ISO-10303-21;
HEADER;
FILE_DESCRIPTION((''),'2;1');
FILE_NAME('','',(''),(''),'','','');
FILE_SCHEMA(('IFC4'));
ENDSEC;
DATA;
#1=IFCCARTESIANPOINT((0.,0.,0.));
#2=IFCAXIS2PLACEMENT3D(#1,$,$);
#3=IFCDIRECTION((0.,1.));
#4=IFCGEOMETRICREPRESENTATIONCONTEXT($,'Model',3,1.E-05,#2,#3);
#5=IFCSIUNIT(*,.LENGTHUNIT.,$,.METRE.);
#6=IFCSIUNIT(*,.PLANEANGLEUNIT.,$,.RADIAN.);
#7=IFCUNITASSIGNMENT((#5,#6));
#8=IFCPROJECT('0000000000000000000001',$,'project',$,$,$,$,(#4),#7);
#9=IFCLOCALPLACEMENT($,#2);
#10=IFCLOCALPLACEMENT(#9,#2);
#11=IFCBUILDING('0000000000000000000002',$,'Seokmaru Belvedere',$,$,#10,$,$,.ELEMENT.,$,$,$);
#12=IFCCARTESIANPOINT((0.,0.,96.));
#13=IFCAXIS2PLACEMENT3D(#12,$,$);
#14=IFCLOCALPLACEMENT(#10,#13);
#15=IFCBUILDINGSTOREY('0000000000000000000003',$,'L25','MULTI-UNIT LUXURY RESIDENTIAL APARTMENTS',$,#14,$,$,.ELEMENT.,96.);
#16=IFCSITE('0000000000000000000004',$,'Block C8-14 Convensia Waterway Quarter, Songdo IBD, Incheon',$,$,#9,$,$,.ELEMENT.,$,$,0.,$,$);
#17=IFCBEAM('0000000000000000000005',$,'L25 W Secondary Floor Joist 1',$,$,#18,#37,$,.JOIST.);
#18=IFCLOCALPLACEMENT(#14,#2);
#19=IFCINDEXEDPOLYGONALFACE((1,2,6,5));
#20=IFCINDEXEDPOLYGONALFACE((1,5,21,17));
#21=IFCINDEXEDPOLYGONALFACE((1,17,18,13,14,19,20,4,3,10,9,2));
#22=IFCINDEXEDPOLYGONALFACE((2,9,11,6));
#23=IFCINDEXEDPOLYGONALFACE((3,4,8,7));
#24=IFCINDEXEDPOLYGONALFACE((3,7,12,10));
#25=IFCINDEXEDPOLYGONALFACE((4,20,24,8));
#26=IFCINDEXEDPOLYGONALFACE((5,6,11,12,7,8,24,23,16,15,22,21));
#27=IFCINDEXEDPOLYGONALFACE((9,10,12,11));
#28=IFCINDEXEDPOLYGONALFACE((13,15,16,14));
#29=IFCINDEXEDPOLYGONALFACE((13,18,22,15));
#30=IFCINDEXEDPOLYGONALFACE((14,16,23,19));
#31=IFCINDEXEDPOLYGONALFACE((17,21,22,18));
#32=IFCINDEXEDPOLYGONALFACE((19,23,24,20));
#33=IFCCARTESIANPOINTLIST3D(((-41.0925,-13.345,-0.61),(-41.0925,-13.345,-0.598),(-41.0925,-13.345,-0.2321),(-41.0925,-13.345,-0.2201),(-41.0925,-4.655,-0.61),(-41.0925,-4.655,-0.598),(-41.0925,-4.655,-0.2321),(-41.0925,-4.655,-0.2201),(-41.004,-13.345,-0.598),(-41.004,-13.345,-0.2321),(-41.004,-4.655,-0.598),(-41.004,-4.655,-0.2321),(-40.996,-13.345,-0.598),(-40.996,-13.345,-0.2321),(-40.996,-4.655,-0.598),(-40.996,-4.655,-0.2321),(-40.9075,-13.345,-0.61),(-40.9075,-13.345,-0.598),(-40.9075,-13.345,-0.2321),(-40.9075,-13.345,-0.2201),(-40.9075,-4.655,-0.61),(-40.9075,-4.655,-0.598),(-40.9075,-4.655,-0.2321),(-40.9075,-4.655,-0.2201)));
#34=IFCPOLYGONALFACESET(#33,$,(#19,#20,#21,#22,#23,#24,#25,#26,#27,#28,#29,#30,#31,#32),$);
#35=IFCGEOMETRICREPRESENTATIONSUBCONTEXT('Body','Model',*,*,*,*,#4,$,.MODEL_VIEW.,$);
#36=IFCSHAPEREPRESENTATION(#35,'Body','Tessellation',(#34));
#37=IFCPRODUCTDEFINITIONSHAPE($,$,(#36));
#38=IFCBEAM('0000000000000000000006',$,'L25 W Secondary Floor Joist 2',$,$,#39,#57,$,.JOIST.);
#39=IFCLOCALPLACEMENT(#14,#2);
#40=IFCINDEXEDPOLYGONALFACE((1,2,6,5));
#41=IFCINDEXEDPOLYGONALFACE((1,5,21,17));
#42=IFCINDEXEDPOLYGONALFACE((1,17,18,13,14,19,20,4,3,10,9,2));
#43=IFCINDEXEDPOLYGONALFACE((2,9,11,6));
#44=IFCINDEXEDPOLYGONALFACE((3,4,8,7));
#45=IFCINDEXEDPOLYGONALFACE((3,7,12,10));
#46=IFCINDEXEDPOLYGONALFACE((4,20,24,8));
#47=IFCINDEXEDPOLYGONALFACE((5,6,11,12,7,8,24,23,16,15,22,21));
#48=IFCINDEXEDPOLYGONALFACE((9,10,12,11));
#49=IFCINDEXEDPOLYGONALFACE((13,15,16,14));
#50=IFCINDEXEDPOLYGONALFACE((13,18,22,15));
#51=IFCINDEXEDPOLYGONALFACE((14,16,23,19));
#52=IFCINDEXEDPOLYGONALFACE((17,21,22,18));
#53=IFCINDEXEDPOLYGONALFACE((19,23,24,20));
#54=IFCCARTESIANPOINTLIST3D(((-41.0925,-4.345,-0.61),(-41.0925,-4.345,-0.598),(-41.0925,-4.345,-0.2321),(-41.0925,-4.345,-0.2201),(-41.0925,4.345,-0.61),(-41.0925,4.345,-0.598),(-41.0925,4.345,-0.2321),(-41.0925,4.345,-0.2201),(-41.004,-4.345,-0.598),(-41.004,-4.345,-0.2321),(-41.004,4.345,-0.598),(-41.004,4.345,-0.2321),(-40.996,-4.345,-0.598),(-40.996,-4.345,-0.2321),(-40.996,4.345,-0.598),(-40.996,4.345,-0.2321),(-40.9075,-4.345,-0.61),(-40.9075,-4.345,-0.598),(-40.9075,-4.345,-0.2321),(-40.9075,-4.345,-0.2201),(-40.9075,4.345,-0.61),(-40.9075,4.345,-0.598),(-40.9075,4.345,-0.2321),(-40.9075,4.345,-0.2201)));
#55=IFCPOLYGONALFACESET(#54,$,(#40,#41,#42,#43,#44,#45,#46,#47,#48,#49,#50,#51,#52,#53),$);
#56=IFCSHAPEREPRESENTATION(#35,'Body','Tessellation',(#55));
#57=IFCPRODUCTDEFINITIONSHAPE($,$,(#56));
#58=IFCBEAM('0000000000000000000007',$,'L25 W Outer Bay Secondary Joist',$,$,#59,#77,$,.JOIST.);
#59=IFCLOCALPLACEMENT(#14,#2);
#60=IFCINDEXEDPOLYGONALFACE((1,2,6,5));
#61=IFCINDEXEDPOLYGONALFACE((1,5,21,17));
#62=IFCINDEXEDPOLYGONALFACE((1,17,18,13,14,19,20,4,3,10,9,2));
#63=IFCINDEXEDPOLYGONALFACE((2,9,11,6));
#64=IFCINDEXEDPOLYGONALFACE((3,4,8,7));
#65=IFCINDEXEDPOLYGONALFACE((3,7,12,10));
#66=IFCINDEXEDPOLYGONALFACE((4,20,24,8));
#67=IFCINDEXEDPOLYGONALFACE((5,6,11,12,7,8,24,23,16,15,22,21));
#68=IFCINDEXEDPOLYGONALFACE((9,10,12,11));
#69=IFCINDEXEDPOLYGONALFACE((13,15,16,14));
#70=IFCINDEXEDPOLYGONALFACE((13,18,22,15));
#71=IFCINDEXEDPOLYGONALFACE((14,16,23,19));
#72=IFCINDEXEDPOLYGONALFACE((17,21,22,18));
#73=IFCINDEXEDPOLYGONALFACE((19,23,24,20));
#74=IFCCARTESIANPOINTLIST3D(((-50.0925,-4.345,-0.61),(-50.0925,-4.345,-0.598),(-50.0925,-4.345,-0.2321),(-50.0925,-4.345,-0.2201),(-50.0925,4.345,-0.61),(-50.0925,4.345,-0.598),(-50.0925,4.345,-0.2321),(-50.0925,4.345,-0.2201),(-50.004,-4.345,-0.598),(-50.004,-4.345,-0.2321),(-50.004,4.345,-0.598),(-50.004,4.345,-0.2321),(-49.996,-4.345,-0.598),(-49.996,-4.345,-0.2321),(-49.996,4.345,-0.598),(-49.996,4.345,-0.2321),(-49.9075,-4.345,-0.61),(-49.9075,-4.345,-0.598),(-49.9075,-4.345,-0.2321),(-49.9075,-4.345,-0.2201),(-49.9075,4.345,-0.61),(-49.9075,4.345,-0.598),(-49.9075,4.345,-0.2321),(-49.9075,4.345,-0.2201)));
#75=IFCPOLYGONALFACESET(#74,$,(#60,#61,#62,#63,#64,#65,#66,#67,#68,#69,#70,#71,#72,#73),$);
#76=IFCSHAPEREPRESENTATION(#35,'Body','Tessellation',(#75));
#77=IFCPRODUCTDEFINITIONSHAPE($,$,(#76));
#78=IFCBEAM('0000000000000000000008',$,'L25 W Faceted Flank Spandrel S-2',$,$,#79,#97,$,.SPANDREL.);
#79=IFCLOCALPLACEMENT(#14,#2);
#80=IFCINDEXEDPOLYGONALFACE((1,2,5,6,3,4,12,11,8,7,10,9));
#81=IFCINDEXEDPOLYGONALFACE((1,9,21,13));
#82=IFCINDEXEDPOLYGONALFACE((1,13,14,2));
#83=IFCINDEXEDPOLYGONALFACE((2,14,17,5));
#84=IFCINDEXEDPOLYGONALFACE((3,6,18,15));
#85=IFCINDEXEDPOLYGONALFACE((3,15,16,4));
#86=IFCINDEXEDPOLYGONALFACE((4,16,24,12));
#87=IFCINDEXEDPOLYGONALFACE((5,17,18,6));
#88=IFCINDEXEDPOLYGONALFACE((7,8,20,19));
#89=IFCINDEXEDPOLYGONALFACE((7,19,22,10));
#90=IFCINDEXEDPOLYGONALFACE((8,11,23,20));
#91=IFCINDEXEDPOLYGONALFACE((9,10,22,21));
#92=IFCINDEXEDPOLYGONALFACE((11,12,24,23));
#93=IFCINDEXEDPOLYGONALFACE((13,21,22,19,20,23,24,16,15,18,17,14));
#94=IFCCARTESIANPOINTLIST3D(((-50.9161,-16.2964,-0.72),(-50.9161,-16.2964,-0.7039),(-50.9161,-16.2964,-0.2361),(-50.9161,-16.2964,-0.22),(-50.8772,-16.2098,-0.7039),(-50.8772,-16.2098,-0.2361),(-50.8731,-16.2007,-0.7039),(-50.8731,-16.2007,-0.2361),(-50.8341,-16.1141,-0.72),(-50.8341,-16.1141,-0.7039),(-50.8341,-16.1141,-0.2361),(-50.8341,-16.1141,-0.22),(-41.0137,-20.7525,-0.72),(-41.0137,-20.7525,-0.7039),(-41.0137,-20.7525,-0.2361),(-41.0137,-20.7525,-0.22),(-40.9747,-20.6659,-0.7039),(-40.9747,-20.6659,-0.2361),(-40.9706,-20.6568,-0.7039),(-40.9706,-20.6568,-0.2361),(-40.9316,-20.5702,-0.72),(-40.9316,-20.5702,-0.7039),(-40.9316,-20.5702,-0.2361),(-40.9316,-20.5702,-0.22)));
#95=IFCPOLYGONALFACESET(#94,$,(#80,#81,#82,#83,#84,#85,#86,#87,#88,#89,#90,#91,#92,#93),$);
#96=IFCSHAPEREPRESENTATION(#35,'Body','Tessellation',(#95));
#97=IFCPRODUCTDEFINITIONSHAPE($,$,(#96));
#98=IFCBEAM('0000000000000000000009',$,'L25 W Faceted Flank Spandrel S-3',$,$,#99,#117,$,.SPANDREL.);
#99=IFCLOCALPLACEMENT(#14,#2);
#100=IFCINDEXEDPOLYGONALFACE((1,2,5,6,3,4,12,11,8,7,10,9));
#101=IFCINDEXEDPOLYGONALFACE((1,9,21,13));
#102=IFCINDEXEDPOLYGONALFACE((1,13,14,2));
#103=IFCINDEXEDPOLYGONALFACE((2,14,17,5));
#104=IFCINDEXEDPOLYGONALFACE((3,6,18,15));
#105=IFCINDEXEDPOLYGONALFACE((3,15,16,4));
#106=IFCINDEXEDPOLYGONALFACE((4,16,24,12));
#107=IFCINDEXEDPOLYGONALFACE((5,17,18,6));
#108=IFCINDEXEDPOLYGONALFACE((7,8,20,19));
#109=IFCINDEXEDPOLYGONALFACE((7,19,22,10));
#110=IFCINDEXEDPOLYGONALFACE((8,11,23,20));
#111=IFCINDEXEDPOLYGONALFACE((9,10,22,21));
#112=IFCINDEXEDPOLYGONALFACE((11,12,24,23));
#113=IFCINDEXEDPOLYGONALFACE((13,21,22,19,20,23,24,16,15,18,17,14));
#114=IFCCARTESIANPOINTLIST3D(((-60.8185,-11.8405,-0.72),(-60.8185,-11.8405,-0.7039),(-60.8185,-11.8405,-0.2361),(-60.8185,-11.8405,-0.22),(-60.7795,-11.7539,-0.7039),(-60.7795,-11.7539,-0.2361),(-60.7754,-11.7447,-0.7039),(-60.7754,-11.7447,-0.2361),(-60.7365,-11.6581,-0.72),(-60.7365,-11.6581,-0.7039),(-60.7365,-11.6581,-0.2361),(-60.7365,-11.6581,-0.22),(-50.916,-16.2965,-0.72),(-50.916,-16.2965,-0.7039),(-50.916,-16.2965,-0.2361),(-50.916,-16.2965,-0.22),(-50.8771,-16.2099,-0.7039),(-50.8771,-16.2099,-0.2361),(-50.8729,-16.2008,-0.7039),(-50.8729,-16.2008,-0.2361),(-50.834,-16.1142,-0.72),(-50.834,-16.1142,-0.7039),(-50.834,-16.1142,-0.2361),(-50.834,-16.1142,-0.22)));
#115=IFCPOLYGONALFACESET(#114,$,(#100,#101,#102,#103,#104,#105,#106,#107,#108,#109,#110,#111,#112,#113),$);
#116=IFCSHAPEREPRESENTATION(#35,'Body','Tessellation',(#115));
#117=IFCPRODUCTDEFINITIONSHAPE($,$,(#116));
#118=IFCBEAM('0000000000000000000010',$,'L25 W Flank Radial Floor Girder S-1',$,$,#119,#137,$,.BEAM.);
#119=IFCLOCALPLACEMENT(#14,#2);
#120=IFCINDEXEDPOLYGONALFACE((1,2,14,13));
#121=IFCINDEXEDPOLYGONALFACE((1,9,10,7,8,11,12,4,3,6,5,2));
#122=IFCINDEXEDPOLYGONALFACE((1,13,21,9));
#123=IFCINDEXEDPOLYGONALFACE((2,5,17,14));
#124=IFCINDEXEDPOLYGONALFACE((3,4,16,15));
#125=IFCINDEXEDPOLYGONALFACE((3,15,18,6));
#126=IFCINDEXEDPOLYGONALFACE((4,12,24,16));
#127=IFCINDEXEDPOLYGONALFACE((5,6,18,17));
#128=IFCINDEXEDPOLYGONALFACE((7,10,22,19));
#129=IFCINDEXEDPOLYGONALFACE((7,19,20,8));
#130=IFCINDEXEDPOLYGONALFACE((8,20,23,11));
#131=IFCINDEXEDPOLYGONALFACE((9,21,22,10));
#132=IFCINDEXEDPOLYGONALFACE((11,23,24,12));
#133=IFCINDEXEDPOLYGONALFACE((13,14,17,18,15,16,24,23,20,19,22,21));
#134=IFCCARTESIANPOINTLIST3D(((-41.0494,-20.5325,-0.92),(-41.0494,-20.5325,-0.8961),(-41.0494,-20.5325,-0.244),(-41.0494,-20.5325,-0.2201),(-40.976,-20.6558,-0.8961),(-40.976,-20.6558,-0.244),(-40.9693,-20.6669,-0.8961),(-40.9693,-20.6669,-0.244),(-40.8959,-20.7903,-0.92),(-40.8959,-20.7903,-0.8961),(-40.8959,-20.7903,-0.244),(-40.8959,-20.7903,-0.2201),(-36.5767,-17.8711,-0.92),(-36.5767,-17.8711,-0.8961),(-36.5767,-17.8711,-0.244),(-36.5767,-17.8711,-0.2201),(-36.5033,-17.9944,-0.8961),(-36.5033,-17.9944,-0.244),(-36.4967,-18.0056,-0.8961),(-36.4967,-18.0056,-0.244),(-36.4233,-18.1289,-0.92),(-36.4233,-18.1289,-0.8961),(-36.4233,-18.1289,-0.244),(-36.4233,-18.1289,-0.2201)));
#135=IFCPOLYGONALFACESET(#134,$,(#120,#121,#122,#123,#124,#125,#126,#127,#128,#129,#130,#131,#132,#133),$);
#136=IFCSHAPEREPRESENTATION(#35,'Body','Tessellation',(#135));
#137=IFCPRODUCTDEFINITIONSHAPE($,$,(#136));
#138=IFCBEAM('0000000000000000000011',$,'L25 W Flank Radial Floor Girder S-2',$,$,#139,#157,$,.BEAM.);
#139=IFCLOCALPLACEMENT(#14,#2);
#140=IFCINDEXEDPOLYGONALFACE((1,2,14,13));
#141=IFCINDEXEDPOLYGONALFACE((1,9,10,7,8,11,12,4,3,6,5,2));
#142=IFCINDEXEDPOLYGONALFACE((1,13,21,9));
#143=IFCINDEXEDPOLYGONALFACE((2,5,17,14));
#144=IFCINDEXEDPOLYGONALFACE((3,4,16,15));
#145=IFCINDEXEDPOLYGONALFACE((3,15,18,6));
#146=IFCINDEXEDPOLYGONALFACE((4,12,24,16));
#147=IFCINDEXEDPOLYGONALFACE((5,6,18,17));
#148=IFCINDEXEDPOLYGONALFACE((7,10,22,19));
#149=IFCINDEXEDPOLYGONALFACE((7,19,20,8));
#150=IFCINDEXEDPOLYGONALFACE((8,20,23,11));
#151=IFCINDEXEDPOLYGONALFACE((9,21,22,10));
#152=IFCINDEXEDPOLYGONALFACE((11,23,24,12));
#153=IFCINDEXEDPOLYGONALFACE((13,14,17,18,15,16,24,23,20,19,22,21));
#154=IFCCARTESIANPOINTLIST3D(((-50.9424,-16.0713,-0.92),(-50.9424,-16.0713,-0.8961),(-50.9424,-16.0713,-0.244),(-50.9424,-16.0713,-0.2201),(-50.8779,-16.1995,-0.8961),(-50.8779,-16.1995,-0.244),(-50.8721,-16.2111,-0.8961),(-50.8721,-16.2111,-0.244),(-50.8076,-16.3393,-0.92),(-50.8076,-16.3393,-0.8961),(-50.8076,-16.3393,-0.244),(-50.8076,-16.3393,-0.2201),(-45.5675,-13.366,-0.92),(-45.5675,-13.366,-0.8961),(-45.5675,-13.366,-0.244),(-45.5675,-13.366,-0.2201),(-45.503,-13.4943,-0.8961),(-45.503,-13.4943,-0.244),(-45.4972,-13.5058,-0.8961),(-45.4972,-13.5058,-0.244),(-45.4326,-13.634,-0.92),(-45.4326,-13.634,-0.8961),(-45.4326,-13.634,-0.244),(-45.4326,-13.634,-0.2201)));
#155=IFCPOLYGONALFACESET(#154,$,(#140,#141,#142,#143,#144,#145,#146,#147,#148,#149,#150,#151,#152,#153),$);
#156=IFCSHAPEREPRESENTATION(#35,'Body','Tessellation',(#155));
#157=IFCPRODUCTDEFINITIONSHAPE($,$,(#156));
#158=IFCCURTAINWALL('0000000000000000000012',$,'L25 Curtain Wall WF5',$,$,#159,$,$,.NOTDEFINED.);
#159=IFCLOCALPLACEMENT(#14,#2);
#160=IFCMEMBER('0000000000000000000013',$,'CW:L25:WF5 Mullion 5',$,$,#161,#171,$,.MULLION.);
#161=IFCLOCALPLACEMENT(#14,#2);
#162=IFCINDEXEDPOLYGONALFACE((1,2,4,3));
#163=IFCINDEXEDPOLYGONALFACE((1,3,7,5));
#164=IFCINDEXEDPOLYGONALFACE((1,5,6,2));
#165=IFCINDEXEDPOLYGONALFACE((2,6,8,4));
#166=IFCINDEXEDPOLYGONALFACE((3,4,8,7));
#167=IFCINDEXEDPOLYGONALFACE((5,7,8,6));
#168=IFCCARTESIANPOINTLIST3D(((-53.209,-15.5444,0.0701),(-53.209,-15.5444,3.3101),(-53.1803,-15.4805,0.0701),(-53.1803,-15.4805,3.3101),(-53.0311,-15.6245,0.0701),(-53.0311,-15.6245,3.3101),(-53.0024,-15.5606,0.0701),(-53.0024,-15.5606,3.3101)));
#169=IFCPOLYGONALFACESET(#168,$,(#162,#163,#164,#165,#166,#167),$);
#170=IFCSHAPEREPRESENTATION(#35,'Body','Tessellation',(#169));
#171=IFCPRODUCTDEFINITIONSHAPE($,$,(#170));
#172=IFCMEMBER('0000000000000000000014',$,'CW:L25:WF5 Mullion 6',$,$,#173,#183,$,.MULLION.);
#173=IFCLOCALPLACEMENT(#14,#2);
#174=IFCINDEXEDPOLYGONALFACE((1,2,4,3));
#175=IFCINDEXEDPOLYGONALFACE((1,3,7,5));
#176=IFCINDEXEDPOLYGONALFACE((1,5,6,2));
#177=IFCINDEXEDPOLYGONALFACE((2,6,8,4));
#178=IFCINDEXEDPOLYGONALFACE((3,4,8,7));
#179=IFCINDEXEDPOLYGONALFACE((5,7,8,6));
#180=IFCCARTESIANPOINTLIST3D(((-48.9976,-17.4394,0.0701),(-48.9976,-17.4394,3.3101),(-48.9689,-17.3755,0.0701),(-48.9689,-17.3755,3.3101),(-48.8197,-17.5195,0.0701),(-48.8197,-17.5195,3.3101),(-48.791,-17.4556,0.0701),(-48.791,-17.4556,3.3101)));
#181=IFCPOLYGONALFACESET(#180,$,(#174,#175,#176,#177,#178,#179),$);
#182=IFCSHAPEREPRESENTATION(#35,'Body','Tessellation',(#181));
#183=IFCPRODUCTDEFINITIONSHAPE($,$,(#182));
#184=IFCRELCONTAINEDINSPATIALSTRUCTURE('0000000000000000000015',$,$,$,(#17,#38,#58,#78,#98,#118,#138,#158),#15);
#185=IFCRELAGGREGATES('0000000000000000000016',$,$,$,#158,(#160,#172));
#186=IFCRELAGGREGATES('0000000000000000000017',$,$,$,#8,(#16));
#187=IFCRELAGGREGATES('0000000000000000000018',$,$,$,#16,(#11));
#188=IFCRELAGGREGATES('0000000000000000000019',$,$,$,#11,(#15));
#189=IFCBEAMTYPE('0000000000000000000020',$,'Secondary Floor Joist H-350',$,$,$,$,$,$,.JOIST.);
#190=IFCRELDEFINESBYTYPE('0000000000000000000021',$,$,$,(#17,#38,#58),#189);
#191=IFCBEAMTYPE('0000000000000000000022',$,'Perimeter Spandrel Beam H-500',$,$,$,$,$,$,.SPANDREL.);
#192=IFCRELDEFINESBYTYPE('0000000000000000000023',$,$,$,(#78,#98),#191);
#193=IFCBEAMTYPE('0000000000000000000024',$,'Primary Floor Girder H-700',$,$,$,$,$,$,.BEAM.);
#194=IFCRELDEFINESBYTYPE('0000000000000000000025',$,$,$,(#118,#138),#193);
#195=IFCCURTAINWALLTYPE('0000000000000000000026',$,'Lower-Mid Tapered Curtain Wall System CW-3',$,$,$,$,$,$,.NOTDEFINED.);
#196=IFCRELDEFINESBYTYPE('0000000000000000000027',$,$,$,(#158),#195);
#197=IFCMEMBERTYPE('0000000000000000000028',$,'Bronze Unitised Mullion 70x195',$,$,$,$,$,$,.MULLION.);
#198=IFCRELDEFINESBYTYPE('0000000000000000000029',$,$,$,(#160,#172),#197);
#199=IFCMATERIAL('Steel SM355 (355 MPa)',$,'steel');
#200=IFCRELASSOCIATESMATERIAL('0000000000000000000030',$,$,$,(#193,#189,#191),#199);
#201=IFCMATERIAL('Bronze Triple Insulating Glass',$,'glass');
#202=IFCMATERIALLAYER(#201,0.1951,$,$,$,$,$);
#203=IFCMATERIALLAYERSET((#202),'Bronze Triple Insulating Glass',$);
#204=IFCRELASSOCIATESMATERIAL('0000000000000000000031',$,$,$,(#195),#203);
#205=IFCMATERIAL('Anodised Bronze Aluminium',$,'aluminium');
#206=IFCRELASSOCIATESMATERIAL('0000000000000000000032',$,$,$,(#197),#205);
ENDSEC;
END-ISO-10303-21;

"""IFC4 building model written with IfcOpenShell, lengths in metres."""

from ifc_helpers import new_model, si_unit, direction, frame, origin, origin_2d, place, context, subcontext, project, spatial, rectangle, i_section, extrude, source, transform, mapped, material, layer, layer_set, material_profile, profile_set, type_object, type_shapes, element, aggregate, save


model = new_model("IFC4")

# Units and contexts
model_context = context("Model", 3, precision=1e-05, world=origin(), true_north=direction((0.0, 1.0)))
body_context = subcontext(model_context, "Body", "Model", "MODEL_VIEW")
ifc_project = project(units=[si_unit("LENGTHUNIT", "METRE"), si_unit("PLANEANGLEUNIT", "RADIAN")], contexts=[model_context])

# Site, building, storey
site_placement = place(None, origin())
site = spatial("IfcSite", under=ifc_project, at=site_placement, Name="Block C8-14 Convensia Waterway Quarter, Songdo IBD, Incheon", CompositionType="ELEMENT", RefElevation=0.0)
building_placement = place(site_placement, origin())
building = spatial("IfcBuilding", under=site, at=building_placement, Name="Seokmaru Belvedere", CompositionType="ELEMENT")
storey_placement = place(building_placement, frame((0.0, 0.0, 96.0)))
storey = spatial("IfcBuildingStorey", under=building, at=storey_placement, Name="L25", Description="MULTI-UNIT LUXURY RESIDENTIAL APARTMENTS", CompositionType="ELEMENT", Elevation=96.0)

# Shared definitions
ifc_material_1 = material(Name="Steel SM355 (355 MPa)", Category="steel")

# Beams
ifc_material_profile_1 = material_profile(ifc_material_1, i_section(OverallWidth=0.3, OverallDepth=0.7, WebThickness=0.0129, FlangeThickness=0.0239, at=origin_2d()), Name="H-700x300x13x24")
ifc_profile_set_1 = profile_set([ifc_material_profile_1], Name="Steel SM355 (355 MPa)")
beam_type_1 = type_object("IfcBeamType", Name="Primary Floor Girder H-700", PredefinedType="BEAM", material=ifc_profile_set_1)
ifc_material_profile_2 = material_profile(ifc_material_1, i_section(OverallWidth=0.1851, OverallDepth=0.3899, WebThickness=0.0081, FlangeThickness=0.012, at=origin_2d()), Name="H-390x185x8x12")
ifc_profile_set_2 = profile_set([ifc_material_profile_2], Name="Steel SM355 (355 MPa)")
beam_type_2 = type_object("IfcBeamType", Name="Secondary Floor Joist H-350", PredefinedType="JOIST", material=ifc_profile_set_2)
shared_shape_1 = source(origin(), body_context, "Body", "SweptSolid", [
    extrude(i_section(OverallWidth=0.1851, OverallDepth=0.3899, WebThickness=0.0081, FlangeThickness=0.012, at=origin_2d()), origin(), (0.0, 0.0, 1.0), 8.6899),
])
type_shapes(beam_type_2, [shared_shape_1])
for number, where, z_axis, x_axis, name in (
    (1, (-41.0, -13.345, -0.415), (0.0, 1.0, 0.0), (-1.0, 0.0, 0.0), "L25 W Secondary Floor Joist 1"),
    (2, (-41.0, -4.345, -0.415), (0.0, 1.0, 0.0), (-1.0, 0.0, 0.0), "L25 W Secondary Floor Joist 2"),
    (3, (-50.0, -4.345, -0.415), (0.0, 1.0, 0.0), (-1.0, 0.0, 0.0), "L25 W Outer Bay Secondary Joist"),
):
    element("IfcBeam", number, at=place(storey_placement, frame(where, z_axis=z_axis, x_axis=x_axis)), inside=storey, type_object=beam_type_2, Name=name, PredefinedType="JOIST", context=body_context, shape_type="MappedRepresentation", body=[
        mapped(shared_shape_1, transform((0.0, 0.0, 0.0), scale=1.0)),
    ])
ifc_material_profile_3 = material_profile(ifc_material_1, i_section(OverallWidth=0.2, OverallDepth=0.5, WebThickness=0.01, FlangeThickness=0.0161, at=origin_2d()), Name="H-500x200x10x16")
ifc_profile_set_3 = profile_set([ifc_material_profile_3], Name="Steel SM355 (355 MPa)")
beam_type_3 = type_object("IfcBeamType", Name="Perimeter Spandrel Beam H-500", PredefinedType="SPANDREL", material=ifc_profile_set_3)
shared_shape_2 = source(origin(), body_context, "Body", "SweptSolid", [
    extrude(i_section(OverallWidth=0.2, OverallDepth=0.5, WebThickness=0.01, FlangeThickness=0.0161, at=origin_2d()), origin(), (0.0, 0.0, 1.0), 10.8589),
])
type_shapes(beam_type_3, [shared_shape_2])
for number, where, z_axis, x_axis, name in (
    (4, (-40.9727, -20.6614, -0.47), (-0.911922, 0.410365, 0.0), (-0.410365, -0.911922, 0.0), "L25 W Faceted Flank Spandrel S-2"),
    (5, (-50.875, -16.2053, -0.47), (-0.911925, 0.410356, 0.0), (-0.410356, -0.911925, 0.0), "L25 W Faceted Flank Spandrel S-3"),
):
    element("IfcBeam", number, at=place(storey_placement, frame(where, z_axis=z_axis, x_axis=x_axis)), inside=storey, type_object=beam_type_3, Name=name, PredefinedType="SPANDREL", context=body_context, shape_type="MappedRepresentation", body=[
        mapped(shared_shape_2, transform((0.0, 0.0, 0.0), scale=1.0)),
    ])
shared_shape_3 = source(origin(), body_context, "Body", "SweptSolid", [
    extrude(i_section(OverallWidth=0.3, OverallDepth=0.7, WebThickness=0.0129, FlangeThickness=0.0239, at=origin_2d()), origin(), (0.0, 0.0, 1.0), 5.2046),
])
beam_1_placement = place(storey_placement, frame((-40.9727, -20.6614, -0.5701), z_axis=(0.85937, 0.511354, 0.0), x_axis=(-0.511354, 0.85937, 0.0)))
element("IfcBeam", 6, at=beam_1_placement, inside=storey, type_object=beam_type_1, Name="L25 W Flank Radial Floor Girder S-1", PredefinedType="BEAM", context=body_context, shape_type="MappedRepresentation", body=[
    mapped(shared_shape_3, transform((0.0, 0.0, 0.0), scale=1.0)),
])
shared_shape_4 = source(origin(), body_context, "Body", "SweptSolid", [
    extrude(i_section(OverallWidth=0.3, OverallDepth=0.7, WebThickness=0.0129, FlangeThickness=0.0239, at=origin_2d()), origin(), (0.0, 0.0, 1.0), 6.0173),
])
beam_2_placement = place(storey_placement, frame((-50.875, -16.2053, -0.5701), z_axis=(0.893239, 0.449581, 0.0), x_axis=(-0.449581, 0.893239, 0.0)))
element("IfcBeam", 7, at=beam_2_placement, inside=storey, type_object=beam_type_1, Name="L25 W Flank Radial Floor Girder S-2", PredefinedType="BEAM", context=body_context, shape_type="MappedRepresentation", body=[
    mapped(shared_shape_4, transform((0.0, 0.0, 0.0), scale=1.0)),
])

# Curtain wall, members
ifc_material_2 = material(Name="Bronze Triple Insulating Glass", Category="glass")
ifc_layer_1 = layer(ifc_material_2, 0.1951)
ifc_layer_set_1 = layer_set([ifc_layer_1], Name="Bronze Triple Insulating Glass")
curtain_wall_type = type_object("IfcCurtainWallType", Name="Lower-Mid Tapered Curtain Wall System CW-3", PredefinedType="NOTDEFINED", material=ifc_layer_set_1)
curtain_wall_placement = place(storey_placement, origin())
curtain_wall = element("IfcCurtainWall", 8, at=curtain_wall_placement, inside=storey, type_object=curtain_wall_type, Name="L25 Curtain Wall WF5", PredefinedType="NOTDEFINED")
ifc_material_3 = material(Name="Anodised Bronze Aluminium", Category="aluminium")
ifc_material_profile_4 = material_profile(ifc_material_3, rectangle(XDim=0.0701, YDim=0.1951, at=origin_2d()), Name="CW-M-70x195")
ifc_profile_set_4 = profile_set([ifc_material_profile_4], Name="Anodised Bronze Aluminium")
member_type = type_object("IfcMemberType", Name="Bronze Unitised Mullion 70x195", PredefinedType="MULLION", material=ifc_profile_set_4)
shared_shape_5 = source(origin(), body_context, "Body", "SweptSolid", [
    extrude(rectangle(XDim=0.0701, YDim=0.1951, at=origin_2d()), origin(), (0.0, 0.0, 1.0), 3.24),
])
type_shapes(member_type, [shared_shape_5])
member_1_placement = place(storey_placement, frame((-53.1057, -15.5525, 0.0701), z_axis=(0.0, 0.0, 1.0), x_axis=(0.410366, 0.911921, 0.0)))
member_1 = element("IfcMember", 9, at=member_1_placement, type_object=member_type, Name="CW:L25:WF5 Mullion 5", PredefinedType="MULLION", context=body_context, shape_type="MappedRepresentation", body=[
    mapped(shared_shape_5, transform((0.0, 0.0, 0.0), scale=1.0)),
])
member_2_placement = place(storey_placement, frame((-48.8943, -17.4475, 0.0701), z_axis=(0.0, 0.0, 1.0), x_axis=(0.410366, 0.911921, 0.0)))
member_2 = element("IfcMember", 10, at=member_2_placement, type_object=member_type, Name="CW:L25:WF5 Mullion 6", PredefinedType="MULLION", context=body_context, shape_type="MappedRepresentation", body=[
    mapped(shared_shape_5, transform((0.0, 0.0, 0.0), scale=1.0)),
])
aggregate(curtain_wall, [member_1, member_2])

save(model, "model.ifc")
